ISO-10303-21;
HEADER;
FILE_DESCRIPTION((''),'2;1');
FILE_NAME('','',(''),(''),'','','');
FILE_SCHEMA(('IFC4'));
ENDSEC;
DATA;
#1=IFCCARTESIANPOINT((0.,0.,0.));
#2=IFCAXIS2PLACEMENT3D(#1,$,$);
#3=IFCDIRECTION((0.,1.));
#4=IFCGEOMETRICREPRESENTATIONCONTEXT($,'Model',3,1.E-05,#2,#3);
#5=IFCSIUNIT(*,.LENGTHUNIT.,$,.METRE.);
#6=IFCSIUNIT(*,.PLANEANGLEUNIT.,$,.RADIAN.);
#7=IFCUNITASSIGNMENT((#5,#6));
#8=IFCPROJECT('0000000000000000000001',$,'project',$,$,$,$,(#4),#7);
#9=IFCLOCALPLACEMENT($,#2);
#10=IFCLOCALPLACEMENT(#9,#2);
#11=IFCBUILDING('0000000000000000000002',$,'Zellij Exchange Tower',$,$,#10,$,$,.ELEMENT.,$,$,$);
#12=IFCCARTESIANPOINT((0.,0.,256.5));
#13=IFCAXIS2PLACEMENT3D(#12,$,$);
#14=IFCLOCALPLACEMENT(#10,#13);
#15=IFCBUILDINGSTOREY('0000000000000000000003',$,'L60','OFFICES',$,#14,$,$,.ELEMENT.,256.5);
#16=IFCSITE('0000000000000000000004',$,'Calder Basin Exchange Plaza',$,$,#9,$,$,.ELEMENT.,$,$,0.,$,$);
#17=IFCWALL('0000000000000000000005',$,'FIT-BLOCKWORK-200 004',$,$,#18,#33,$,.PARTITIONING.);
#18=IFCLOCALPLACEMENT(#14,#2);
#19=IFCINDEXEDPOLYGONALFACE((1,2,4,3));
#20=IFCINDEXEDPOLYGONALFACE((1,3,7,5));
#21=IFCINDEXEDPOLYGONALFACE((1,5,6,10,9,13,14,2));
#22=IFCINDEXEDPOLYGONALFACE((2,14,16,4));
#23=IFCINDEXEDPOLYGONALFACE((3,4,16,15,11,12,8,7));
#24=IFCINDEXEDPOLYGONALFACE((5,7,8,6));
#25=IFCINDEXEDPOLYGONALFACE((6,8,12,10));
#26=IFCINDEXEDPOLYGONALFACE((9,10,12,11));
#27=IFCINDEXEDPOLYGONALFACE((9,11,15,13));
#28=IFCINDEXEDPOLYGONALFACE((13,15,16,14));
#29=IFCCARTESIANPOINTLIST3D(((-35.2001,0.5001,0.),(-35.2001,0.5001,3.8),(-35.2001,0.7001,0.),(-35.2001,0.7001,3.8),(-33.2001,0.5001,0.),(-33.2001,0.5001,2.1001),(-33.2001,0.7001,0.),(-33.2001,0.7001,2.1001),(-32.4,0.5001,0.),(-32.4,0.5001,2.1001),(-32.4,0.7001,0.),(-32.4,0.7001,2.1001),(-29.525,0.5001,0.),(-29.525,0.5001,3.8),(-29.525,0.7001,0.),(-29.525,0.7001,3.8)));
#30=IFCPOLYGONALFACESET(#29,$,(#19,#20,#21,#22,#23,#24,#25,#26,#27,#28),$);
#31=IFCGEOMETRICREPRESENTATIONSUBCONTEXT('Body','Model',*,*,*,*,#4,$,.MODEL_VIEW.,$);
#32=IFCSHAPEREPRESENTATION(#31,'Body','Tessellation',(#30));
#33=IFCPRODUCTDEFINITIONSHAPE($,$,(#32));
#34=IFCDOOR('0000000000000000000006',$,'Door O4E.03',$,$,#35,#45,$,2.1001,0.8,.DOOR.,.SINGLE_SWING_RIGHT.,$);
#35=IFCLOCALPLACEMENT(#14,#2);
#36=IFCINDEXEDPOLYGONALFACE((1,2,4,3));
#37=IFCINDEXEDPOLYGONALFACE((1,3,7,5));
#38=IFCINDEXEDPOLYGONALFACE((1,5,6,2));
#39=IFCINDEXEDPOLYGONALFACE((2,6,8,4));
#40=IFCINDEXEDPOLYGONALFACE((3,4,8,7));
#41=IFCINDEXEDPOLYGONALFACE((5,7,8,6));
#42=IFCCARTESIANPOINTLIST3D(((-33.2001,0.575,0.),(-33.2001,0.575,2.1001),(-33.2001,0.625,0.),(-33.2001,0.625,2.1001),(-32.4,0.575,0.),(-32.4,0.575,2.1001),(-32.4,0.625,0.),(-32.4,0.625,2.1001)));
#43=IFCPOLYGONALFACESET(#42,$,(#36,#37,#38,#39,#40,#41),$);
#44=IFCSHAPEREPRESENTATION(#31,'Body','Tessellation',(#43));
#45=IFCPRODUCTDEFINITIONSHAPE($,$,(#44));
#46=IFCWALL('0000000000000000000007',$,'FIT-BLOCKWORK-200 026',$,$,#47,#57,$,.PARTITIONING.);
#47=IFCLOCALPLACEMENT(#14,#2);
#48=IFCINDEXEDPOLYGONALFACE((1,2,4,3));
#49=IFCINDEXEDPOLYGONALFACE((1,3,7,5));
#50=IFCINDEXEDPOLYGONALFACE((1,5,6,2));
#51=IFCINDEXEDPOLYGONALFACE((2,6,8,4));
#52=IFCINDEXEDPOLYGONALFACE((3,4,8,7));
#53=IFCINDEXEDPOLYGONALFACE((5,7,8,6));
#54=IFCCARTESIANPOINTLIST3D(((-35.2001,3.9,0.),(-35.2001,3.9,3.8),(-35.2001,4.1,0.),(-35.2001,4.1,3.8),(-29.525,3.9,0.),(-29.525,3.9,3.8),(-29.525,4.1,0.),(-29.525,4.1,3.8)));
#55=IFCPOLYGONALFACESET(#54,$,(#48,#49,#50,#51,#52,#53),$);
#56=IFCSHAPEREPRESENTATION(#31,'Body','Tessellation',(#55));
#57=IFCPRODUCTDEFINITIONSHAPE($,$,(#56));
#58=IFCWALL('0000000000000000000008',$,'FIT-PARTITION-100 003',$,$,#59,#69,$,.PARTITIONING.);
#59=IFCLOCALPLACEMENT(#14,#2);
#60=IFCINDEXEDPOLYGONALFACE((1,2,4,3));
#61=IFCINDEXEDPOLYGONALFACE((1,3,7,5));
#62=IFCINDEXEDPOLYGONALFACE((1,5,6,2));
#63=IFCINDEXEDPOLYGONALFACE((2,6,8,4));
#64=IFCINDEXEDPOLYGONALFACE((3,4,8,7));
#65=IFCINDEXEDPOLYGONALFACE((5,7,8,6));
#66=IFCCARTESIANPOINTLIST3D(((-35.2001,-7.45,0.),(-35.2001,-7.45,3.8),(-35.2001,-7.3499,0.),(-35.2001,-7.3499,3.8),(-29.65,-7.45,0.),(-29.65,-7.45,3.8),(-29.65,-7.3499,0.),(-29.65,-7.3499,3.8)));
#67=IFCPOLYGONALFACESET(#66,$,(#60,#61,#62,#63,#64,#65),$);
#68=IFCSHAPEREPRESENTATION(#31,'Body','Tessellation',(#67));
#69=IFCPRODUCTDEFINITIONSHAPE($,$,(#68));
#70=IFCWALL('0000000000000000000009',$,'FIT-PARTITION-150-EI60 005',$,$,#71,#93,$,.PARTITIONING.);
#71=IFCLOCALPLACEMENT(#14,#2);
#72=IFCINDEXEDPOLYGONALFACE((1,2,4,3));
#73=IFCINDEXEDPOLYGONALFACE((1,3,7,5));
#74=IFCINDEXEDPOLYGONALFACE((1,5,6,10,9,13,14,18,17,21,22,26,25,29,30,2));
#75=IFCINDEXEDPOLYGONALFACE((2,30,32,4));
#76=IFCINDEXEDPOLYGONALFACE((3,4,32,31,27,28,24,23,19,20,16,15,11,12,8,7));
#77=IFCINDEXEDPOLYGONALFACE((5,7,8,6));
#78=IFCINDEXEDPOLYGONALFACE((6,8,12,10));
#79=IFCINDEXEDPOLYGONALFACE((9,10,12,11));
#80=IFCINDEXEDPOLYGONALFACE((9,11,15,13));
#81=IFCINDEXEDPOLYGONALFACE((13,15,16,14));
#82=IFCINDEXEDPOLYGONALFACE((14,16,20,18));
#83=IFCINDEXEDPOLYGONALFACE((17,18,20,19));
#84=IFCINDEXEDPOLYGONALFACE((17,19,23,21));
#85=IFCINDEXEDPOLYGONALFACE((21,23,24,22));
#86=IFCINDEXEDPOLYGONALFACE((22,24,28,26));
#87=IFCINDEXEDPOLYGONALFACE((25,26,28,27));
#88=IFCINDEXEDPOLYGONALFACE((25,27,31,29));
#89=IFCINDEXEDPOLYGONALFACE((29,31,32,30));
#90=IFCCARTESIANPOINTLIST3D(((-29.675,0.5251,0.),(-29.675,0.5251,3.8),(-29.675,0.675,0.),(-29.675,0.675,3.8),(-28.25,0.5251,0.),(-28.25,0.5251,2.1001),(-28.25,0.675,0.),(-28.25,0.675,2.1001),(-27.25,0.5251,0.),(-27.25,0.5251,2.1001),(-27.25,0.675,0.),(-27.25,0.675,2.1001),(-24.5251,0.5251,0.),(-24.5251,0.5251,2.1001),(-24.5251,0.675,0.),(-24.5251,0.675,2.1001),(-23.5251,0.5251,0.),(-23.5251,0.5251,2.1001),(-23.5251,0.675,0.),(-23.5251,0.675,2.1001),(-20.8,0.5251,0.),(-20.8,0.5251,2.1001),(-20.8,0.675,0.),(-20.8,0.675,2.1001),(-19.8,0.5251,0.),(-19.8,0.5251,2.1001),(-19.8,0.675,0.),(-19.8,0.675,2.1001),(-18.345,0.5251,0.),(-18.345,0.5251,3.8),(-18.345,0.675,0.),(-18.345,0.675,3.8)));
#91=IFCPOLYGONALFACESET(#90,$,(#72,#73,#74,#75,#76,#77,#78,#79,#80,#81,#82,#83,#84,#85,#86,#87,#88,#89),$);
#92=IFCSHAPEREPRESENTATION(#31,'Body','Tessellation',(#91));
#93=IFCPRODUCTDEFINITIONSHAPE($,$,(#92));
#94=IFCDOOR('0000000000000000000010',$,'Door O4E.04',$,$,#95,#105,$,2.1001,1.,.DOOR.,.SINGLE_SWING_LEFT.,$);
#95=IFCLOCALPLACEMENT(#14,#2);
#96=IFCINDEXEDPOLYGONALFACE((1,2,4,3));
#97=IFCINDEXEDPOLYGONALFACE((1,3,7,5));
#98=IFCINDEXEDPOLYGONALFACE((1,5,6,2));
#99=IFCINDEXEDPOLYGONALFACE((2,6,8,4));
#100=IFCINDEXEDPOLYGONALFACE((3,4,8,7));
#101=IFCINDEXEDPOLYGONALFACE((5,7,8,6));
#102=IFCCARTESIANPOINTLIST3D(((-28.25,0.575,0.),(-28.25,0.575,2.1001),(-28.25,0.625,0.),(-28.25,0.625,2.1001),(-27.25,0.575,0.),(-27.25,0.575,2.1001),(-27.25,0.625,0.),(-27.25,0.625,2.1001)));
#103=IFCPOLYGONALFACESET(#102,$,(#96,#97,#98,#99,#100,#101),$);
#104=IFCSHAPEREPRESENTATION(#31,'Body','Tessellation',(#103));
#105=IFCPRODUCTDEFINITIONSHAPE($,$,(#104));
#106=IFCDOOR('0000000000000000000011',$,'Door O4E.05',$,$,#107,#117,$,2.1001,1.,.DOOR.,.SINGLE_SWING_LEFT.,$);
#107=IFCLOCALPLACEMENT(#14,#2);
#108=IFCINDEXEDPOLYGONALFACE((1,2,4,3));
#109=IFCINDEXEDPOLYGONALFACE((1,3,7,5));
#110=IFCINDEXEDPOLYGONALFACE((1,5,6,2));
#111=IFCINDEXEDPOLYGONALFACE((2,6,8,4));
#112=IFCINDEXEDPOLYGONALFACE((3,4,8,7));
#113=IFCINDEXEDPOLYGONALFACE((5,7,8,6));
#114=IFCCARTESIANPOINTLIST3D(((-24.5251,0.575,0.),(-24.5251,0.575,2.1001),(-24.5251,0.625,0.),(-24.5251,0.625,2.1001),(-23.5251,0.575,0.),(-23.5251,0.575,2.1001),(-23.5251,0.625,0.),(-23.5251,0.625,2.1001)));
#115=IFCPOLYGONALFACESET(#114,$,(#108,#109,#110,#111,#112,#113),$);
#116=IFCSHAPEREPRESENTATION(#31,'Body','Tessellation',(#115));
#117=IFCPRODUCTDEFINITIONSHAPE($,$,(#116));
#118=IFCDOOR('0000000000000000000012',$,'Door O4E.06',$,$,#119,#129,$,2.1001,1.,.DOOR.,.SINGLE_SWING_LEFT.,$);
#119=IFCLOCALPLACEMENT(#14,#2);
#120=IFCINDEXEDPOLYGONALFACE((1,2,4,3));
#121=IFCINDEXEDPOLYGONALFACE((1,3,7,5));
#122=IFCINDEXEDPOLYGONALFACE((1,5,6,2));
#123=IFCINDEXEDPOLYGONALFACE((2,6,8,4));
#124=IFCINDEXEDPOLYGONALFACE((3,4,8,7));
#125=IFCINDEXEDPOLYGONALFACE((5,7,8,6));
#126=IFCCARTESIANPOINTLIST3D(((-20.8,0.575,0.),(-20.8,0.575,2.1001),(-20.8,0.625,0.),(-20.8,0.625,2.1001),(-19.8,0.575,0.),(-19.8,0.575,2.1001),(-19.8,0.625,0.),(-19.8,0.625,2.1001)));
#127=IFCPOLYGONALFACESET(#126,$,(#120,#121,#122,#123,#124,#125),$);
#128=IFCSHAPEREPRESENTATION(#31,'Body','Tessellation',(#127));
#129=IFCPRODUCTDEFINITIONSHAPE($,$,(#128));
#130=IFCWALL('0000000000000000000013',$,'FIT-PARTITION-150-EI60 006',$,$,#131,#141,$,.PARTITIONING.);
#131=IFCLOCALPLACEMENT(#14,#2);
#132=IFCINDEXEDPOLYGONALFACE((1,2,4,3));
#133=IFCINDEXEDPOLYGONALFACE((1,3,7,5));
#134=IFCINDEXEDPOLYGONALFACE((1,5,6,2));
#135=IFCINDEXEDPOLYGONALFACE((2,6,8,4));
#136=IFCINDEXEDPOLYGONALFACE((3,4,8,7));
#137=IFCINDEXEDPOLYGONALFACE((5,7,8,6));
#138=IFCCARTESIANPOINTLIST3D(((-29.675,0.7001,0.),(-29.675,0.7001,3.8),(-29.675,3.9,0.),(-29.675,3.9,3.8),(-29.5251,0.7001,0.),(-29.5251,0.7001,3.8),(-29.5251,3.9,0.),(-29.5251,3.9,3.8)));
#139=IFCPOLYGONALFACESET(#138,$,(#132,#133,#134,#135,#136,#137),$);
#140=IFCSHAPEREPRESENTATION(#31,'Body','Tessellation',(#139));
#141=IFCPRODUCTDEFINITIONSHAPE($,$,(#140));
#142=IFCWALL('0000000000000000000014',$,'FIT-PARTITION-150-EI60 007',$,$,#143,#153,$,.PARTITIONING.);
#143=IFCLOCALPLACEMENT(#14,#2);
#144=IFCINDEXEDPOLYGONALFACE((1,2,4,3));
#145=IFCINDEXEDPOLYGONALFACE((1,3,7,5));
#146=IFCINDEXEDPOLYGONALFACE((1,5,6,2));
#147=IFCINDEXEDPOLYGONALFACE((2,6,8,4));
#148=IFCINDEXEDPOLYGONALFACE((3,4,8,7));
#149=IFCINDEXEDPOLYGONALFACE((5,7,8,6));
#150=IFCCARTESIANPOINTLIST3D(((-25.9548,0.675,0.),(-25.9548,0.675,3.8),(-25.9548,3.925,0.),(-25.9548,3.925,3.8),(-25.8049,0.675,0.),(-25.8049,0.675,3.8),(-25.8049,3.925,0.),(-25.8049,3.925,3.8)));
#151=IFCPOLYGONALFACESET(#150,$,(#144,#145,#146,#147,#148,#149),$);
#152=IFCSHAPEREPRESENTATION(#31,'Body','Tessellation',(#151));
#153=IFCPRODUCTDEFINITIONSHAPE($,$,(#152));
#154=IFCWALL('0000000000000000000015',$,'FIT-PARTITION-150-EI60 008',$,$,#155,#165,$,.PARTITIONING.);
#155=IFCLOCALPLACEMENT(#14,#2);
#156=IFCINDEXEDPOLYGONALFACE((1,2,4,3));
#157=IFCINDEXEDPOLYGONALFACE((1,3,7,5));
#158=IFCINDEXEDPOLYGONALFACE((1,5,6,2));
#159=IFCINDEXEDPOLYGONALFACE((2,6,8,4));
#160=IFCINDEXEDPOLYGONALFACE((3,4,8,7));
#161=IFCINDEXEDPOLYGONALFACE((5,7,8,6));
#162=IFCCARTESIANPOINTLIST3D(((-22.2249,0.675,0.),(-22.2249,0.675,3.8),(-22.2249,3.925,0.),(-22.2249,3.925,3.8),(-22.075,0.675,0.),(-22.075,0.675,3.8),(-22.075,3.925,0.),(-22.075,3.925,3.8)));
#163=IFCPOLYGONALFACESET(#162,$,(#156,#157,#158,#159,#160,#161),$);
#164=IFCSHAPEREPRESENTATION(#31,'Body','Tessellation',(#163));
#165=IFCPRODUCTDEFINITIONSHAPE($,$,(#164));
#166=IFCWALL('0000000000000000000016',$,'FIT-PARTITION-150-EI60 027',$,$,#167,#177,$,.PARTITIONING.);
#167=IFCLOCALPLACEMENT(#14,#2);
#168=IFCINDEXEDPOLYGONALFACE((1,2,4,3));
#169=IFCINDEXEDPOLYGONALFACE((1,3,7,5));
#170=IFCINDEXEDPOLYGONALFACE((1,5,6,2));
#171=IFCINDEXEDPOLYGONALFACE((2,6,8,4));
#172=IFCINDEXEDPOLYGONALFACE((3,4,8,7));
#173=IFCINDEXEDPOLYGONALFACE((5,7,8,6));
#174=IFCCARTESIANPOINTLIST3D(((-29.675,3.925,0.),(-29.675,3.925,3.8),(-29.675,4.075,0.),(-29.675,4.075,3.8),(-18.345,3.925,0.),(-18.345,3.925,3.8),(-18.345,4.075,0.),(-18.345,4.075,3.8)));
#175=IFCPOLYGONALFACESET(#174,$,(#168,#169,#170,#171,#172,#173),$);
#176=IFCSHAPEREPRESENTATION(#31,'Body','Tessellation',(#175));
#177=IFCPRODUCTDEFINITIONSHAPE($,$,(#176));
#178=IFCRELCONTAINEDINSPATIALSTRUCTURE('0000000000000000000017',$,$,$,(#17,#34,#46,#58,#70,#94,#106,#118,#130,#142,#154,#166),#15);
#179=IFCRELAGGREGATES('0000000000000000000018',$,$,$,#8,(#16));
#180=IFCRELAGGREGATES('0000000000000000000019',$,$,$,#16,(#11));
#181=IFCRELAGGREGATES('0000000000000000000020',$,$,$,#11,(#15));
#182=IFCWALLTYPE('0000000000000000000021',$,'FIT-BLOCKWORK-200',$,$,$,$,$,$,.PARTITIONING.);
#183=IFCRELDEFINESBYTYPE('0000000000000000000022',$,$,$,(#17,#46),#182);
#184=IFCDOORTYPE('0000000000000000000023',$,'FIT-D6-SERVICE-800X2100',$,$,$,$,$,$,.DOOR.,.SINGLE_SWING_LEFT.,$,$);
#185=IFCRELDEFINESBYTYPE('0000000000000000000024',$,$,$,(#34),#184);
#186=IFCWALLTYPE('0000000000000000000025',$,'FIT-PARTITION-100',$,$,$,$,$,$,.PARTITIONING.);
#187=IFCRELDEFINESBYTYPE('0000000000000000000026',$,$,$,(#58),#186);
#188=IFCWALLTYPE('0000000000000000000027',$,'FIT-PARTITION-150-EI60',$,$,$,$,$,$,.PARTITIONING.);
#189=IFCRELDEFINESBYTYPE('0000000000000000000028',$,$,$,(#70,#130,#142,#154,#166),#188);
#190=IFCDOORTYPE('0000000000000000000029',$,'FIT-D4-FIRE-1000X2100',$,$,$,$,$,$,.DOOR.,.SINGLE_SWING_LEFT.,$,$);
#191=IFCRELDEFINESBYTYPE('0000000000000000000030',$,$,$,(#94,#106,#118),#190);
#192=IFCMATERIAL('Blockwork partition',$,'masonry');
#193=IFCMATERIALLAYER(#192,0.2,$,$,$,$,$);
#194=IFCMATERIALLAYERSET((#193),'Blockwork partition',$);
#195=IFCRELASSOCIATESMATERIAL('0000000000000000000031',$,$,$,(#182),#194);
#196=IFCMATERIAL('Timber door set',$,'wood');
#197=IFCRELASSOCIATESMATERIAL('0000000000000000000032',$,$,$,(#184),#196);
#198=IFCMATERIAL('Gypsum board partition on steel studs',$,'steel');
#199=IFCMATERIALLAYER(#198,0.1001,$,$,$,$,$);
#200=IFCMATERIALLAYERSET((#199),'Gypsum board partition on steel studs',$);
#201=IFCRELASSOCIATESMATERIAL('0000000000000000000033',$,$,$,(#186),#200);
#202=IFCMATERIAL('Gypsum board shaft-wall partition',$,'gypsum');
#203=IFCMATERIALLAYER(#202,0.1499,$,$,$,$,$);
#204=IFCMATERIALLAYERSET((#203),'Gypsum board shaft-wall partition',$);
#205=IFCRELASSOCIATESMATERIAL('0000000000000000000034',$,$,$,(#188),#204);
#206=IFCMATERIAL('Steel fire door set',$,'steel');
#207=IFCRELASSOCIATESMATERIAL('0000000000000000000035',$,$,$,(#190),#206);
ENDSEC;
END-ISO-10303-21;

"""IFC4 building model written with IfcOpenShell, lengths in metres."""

from ifc_helpers import new_model, si_unit, direction, frame, frame_2d, origin, place, context, subcontext, project, spatial, rectangle, extrude, material, layer, layer_set, type_object, element, fill, save


model = new_model("IFC4")

# Units and contexts
model_context = context("Model", 3, precision=1e-05, world=origin(), true_north=direction((0.0, 1.0)))
body_context = subcontext(model_context, "Body", "Model", "MODEL_VIEW")
ifc_project = project(units=[si_unit("LENGTHUNIT", "METRE"), si_unit("PLANEANGLEUNIT", "RADIAN")], contexts=[model_context])

# Site, building, storey
site_placement = place(None, origin())
site = spatial("IfcSite", under=ifc_project, at=site_placement, Name="Calder Basin Exchange Plaza", CompositionType="ELEMENT", RefElevation=0.0)
building_placement = place(site_placement, origin())
building = spatial("IfcBuilding", under=site, at=building_placement, Name="Zellij Exchange Tower", CompositionType="ELEMENT")
storey_placement = place(building_placement, frame((0.0, 0.0, 256.5)))
storey = spatial("IfcBuildingStorey", under=building, at=storey_placement, Name="L60", Description="OFFICES", CompositionType="ELEMENT", Elevation=256.5)

# Wall, opening, door
ifc_material_1 = material(Name="Blockwork partition", Category="masonry")
ifc_layer_1 = layer(ifc_material_1, 0.2)
ifc_layer_set_1 = layer_set([ifc_layer_1], Name="Blockwork partition")
wall_type_1 = type_object("IfcWallType", Name="FIT-BLOCKWORK-200", PredefinedType="PARTITIONING", material=ifc_layer_set_1)
wall_1_placement = place(storey_placement, frame((-35.2, 0.6001, 0.0), z_axis=(0.0, 0.0, 1.0), x_axis=(1.0, 0.0, 0.0)))
wall_1 = element("IfcWall", 1, at=wall_1_placement, inside=storey, type_object=wall_type_1, Name="FIT-BLOCKWORK-200 004", PredefinedType="PARTITIONING", context=body_context, shape_type="SweptSolid", body=[
    extrude(rectangle(XDim=5.675, YDim=0.2, at=frame_2d((2.8374, 0.0))), origin(), (0.0, 0.0, 1.0), 3.8),
])
opening_1_placement = place(wall_1_placement, frame((2.0, 0.0, 0.0)))
opening_1 = element("IfcOpeningElement", 2, at=opening_1_placement, cuts=wall_1, PredefinedType="OPENING", context=body_context, shape_type="SweptSolid", body=[
    extrude(rectangle(XDim=0.8, YDim=2.1001, at=frame_2d((0.3999, 1.05))), frame((0.0, 0.1118, 0.0), z_axis=(0.0, -1.0, 0.0), x_axis=(1.0, 0.0, 0.0)), (0.0, 0.0, 1.0), 0.2239),
])
ifc_material_2 = material(Name="Timber door set", Category="wood")
door_type_1 = type_object("IfcDoorType", Name="FIT-D6-SERVICE-800X2100", OperationType="SINGLE_SWING_LEFT", PredefinedType="DOOR", material=ifc_material_2)
door_1_placement = place(opening_1_placement, origin())
door_1 = element("IfcDoor", 3, at=door_1_placement, inside=storey, type_object=door_type_1, Name="Door O4E.03", OperationType="SINGLE_SWING_RIGHT", OverallHeight=2.1001, OverallWidth=0.8, PredefinedType="DOOR", context=body_context, shape_type="SweptSolid", body=[
    extrude(rectangle(XDim=0.8, YDim=2.1001, at=frame_2d((0.3999, 1.05))), frame((0.0, 0.0249, 0.0), z_axis=(0.0, -1.0, 0.0), x_axis=(1.0, 0.0, 0.0)), (0.0, 0.0, 1.0), 0.05),
])
fill(opening_1, door_1)

# Walls
wall_2_placement = place(storey_placement, frame((-35.2, 4.0, 0.0), z_axis=(0.0, 0.0, 1.0), x_axis=(1.0, 0.0, 0.0)))
element("IfcWall", 4, at=wall_2_placement, inside=storey, type_object=wall_type_1, Name="FIT-BLOCKWORK-200 026", PredefinedType="PARTITIONING", context=body_context, shape_type="SweptSolid", body=[
    extrude(rectangle(XDim=5.675, YDim=0.2, at=frame_2d((2.8374, 0.0))), origin(), (0.0, 0.0, 1.0), 3.8),
])
ifc_material_3 = material(Name="Gypsum board partition on steel studs", Category="steel")
ifc_layer_2 = layer(ifc_material_3, 0.1001)
ifc_layer_set_2 = layer_set([ifc_layer_2], Name="Gypsum board partition on steel studs")
wall_type_2 = type_object("IfcWallType", Name="FIT-PARTITION-100", PredefinedType="PARTITIONING", material=ifc_layer_set_2)
wall_3_placement = place(storey_placement, frame((-35.2, -7.3999, 0.0), z_axis=(0.0, 0.0, 1.0), x_axis=(1.0, 0.0, 0.0)))
element("IfcWall", 5, at=wall_3_placement, inside=storey, type_object=wall_type_2, Name="FIT-PARTITION-100 003", PredefinedType="PARTITIONING", context=body_context, shape_type="SweptSolid", body=[
    extrude(rectangle(XDim=5.55, YDim=0.1001, at=frame_2d((2.7749, 0.0))), origin(), (0.0, 0.0, 1.0), 3.8),
])

# Wall, openings, doors
ifc_material_4 = material(Name="Gypsum board shaft-wall partition", Category="gypsum")
ifc_layer_3 = layer(ifc_material_4, 0.1499)
ifc_layer_set_3 = layer_set([ifc_layer_3], Name="Gypsum board shaft-wall partition")
wall_type_3 = type_object("IfcWallType", Name="FIT-PARTITION-150-EI60", PredefinedType="PARTITIONING", material=ifc_layer_set_3)
wall_4_placement = place(storey_placement, frame((-29.675, 0.6001, 0.0), z_axis=(0.0, 0.0, 1.0), x_axis=(1.0, 0.0, 0.0)))
wall_4 = element("IfcWall", 6, at=wall_4_placement, inside=storey, type_object=wall_type_3, Name="FIT-PARTITION-150-EI60 005", PredefinedType="PARTITIONING", context=body_context, shape_type="SweptSolid", body=[
    extrude(rectangle(XDim=11.3301, YDim=0.1499, at=frame_2d((5.665, 0.0))), origin(), (0.0, 0.0, 1.0), 3.8),
])
opening_2_placement = place(wall_4_placement, frame((1.425, 0.0, 0.0)))
opening_2 = element("IfcOpeningElement", 7, at=opening_2_placement, cuts=wall_4, PredefinedType="OPENING", context=body_context, shape_type="SweptSolid", body=[
    extrude(rectangle(XDim=1.0, YDim=2.1001, at=frame_2d((0.5, 1.05))), frame((0.0, 0.0869, 0.0), z_axis=(0.0, -1.0, 0.0), x_axis=(1.0, 0.0, 0.0)), (0.0, 0.0, 1.0), 0.1738),
])
opening_3_placement = place(wall_4_placement, frame((5.1499, 0.0, 0.0)))
opening_3 = element("IfcOpeningElement", 8, at=opening_3_placement, cuts=wall_4, PredefinedType="OPENING", context=body_context, shape_type="SweptSolid", body=[
    extrude(rectangle(XDim=1.0, YDim=2.1001, at=frame_2d((0.5, 1.05))), frame((0.0, 0.0869, 0.0), z_axis=(0.0, -1.0, 0.0), x_axis=(1.0, 0.0, 0.0)), (0.0, 0.0, 1.0), 0.1738),
])
opening_4_placement = place(wall_4_placement, frame((8.875, 0.0, 0.0)))
opening_4 = element("IfcOpeningElement", 9, at=opening_4_placement, cuts=wall_4, PredefinedType="OPENING", context=body_context, shape_type="SweptSolid", body=[
    extrude(rectangle(XDim=1.0, YDim=2.1001, at=frame_2d((0.5, 1.05))), frame((0.0, 0.0869, 0.0), z_axis=(0.0, -1.0, 0.0), x_axis=(1.0, 0.0, 0.0)), (0.0, 0.0, 1.0), 0.1738),
])
ifc_material_5 = material(Name="Steel fire door set", Category="steel")
door_type_2 = type_object("IfcDoorType", Name="FIT-D4-FIRE-1000X2100", OperationType="SINGLE_SWING_LEFT", PredefinedType="DOOR", material=ifc_material_5)
door_2_placement = place(opening_2_placement, origin())
door_2 = element("IfcDoor", 10, at=door_2_placement, inside=storey, type_object=door_type_2, Name="Door O4E.04", OperationType="SINGLE_SWING_LEFT", OverallHeight=2.1001, OverallWidth=1.0, PredefinedType="DOOR", context=body_context, shape_type="SweptSolid", body=[
    extrude(rectangle(XDim=1.0, YDim=2.1001, at=frame_2d((0.5, 1.05))), frame((0.0, 0.0249, 0.0), z_axis=(0.0, -1.0, 0.0), x_axis=(1.0, 0.0, 0.0)), (0.0, 0.0, 1.0), 0.05),
])
fill(opening_2, door_2)
door_3_placement = place(opening_3_placement, origin())
door_3 = element("IfcDoor", 11, at=door_3_placement, inside=storey, type_object=door_type_2, Name="Door O4E.05", OperationType="SINGLE_SWING_LEFT", OverallHeight=2.1001, OverallWidth=1.0, PredefinedType="DOOR", context=body_context, shape_type="SweptSolid", body=[
    extrude(rectangle(XDim=1.0, YDim=2.1001, at=frame_2d((0.5, 1.05))), frame((0.0, 0.0249, 0.0), z_axis=(0.0, -1.0, 0.0), x_axis=(1.0, 0.0, 0.0)), (0.0, 0.0, 1.0), 0.05),
])
fill(opening_3, door_3)
door_4_placement = place(opening_4_placement, origin())
door_4 = element("IfcDoor", 12, at=door_4_placement, inside=storey, type_object=door_type_2, Name="Door O4E.06", OperationType="SINGLE_SWING_LEFT", OverallHeight=2.1001, OverallWidth=1.0, PredefinedType="DOOR", context=body_context, shape_type="SweptSolid", body=[
    extrude(rectangle(XDim=1.0, YDim=2.1001, at=frame_2d((0.5, 1.05))), frame((0.0, 0.0249, 0.0), z_axis=(0.0, -1.0, 0.0), x_axis=(1.0, 0.0, 0.0)), (0.0, 0.0, 1.0), 0.05),
])
fill(opening_4, door_4)

# Walls
wall_5_placement = place(storey_placement, frame((-29.6001, 0.7, 0.0), z_axis=(0.0, 0.0, 1.0), x_axis=(0.0, 1.0, 0.0)))
element("IfcWall", 13, at=wall_5_placement, inside=storey, type_object=wall_type_3, Name="FIT-PARTITION-150-EI60 006", PredefinedType="PARTITIONING", context=body_context, shape_type="SweptSolid", body=[
    extrude(rectangle(XDim=3.2, YDim=0.1499, at=frame_2d((1.6001, 0.0))), origin(), (0.0, 0.0, 1.0), 3.8),
])
for number, where, z_axis, x_axis, name in (
    (14, (-25.8799, 0.675, 0.0), (0.0, 0.0, 1.0), (0.0, 1.0, 0.0), "FIT-PARTITION-150-EI60 007"),
    (15, (-22.1499, 0.675, 0.0), (0.0, 0.0, 1.0), (0.0, 1.0, 0.0), "FIT-PARTITION-150-EI60 008"),
):
    element("IfcWall", number, at=place(storey_placement, frame(where, z_axis=z_axis, x_axis=x_axis)), inside=storey, type_object=wall_type_3, Name=name, PredefinedType="PARTITIONING", context=body_context, shape_type="SweptSolid", body=[
        extrude(rectangle(XDim=3.25, YDim=0.1499, at=frame_2d((1.625, 0.0))), origin(), (0.0, 0.0, 1.0), 3.8),
    ])
wall_6_placement = place(storey_placement, frame((-29.675, 4.0, 0.0), z_axis=(0.0, 0.0, 1.0), x_axis=(1.0, 0.0, 0.0)))
element("IfcWall", 16, at=wall_6_placement, inside=storey, type_object=wall_type_3, Name="FIT-PARTITION-150-EI60 027", PredefinedType="PARTITIONING", context=body_context, shape_type="SweptSolid", body=[
    extrude(rectangle(XDim=11.3301, YDim=0.1499, at=frame_2d((5.665, 0.0))), origin(), (0.0, 0.0, 1.0), 3.8),
])

save(model, "model.ifc")
